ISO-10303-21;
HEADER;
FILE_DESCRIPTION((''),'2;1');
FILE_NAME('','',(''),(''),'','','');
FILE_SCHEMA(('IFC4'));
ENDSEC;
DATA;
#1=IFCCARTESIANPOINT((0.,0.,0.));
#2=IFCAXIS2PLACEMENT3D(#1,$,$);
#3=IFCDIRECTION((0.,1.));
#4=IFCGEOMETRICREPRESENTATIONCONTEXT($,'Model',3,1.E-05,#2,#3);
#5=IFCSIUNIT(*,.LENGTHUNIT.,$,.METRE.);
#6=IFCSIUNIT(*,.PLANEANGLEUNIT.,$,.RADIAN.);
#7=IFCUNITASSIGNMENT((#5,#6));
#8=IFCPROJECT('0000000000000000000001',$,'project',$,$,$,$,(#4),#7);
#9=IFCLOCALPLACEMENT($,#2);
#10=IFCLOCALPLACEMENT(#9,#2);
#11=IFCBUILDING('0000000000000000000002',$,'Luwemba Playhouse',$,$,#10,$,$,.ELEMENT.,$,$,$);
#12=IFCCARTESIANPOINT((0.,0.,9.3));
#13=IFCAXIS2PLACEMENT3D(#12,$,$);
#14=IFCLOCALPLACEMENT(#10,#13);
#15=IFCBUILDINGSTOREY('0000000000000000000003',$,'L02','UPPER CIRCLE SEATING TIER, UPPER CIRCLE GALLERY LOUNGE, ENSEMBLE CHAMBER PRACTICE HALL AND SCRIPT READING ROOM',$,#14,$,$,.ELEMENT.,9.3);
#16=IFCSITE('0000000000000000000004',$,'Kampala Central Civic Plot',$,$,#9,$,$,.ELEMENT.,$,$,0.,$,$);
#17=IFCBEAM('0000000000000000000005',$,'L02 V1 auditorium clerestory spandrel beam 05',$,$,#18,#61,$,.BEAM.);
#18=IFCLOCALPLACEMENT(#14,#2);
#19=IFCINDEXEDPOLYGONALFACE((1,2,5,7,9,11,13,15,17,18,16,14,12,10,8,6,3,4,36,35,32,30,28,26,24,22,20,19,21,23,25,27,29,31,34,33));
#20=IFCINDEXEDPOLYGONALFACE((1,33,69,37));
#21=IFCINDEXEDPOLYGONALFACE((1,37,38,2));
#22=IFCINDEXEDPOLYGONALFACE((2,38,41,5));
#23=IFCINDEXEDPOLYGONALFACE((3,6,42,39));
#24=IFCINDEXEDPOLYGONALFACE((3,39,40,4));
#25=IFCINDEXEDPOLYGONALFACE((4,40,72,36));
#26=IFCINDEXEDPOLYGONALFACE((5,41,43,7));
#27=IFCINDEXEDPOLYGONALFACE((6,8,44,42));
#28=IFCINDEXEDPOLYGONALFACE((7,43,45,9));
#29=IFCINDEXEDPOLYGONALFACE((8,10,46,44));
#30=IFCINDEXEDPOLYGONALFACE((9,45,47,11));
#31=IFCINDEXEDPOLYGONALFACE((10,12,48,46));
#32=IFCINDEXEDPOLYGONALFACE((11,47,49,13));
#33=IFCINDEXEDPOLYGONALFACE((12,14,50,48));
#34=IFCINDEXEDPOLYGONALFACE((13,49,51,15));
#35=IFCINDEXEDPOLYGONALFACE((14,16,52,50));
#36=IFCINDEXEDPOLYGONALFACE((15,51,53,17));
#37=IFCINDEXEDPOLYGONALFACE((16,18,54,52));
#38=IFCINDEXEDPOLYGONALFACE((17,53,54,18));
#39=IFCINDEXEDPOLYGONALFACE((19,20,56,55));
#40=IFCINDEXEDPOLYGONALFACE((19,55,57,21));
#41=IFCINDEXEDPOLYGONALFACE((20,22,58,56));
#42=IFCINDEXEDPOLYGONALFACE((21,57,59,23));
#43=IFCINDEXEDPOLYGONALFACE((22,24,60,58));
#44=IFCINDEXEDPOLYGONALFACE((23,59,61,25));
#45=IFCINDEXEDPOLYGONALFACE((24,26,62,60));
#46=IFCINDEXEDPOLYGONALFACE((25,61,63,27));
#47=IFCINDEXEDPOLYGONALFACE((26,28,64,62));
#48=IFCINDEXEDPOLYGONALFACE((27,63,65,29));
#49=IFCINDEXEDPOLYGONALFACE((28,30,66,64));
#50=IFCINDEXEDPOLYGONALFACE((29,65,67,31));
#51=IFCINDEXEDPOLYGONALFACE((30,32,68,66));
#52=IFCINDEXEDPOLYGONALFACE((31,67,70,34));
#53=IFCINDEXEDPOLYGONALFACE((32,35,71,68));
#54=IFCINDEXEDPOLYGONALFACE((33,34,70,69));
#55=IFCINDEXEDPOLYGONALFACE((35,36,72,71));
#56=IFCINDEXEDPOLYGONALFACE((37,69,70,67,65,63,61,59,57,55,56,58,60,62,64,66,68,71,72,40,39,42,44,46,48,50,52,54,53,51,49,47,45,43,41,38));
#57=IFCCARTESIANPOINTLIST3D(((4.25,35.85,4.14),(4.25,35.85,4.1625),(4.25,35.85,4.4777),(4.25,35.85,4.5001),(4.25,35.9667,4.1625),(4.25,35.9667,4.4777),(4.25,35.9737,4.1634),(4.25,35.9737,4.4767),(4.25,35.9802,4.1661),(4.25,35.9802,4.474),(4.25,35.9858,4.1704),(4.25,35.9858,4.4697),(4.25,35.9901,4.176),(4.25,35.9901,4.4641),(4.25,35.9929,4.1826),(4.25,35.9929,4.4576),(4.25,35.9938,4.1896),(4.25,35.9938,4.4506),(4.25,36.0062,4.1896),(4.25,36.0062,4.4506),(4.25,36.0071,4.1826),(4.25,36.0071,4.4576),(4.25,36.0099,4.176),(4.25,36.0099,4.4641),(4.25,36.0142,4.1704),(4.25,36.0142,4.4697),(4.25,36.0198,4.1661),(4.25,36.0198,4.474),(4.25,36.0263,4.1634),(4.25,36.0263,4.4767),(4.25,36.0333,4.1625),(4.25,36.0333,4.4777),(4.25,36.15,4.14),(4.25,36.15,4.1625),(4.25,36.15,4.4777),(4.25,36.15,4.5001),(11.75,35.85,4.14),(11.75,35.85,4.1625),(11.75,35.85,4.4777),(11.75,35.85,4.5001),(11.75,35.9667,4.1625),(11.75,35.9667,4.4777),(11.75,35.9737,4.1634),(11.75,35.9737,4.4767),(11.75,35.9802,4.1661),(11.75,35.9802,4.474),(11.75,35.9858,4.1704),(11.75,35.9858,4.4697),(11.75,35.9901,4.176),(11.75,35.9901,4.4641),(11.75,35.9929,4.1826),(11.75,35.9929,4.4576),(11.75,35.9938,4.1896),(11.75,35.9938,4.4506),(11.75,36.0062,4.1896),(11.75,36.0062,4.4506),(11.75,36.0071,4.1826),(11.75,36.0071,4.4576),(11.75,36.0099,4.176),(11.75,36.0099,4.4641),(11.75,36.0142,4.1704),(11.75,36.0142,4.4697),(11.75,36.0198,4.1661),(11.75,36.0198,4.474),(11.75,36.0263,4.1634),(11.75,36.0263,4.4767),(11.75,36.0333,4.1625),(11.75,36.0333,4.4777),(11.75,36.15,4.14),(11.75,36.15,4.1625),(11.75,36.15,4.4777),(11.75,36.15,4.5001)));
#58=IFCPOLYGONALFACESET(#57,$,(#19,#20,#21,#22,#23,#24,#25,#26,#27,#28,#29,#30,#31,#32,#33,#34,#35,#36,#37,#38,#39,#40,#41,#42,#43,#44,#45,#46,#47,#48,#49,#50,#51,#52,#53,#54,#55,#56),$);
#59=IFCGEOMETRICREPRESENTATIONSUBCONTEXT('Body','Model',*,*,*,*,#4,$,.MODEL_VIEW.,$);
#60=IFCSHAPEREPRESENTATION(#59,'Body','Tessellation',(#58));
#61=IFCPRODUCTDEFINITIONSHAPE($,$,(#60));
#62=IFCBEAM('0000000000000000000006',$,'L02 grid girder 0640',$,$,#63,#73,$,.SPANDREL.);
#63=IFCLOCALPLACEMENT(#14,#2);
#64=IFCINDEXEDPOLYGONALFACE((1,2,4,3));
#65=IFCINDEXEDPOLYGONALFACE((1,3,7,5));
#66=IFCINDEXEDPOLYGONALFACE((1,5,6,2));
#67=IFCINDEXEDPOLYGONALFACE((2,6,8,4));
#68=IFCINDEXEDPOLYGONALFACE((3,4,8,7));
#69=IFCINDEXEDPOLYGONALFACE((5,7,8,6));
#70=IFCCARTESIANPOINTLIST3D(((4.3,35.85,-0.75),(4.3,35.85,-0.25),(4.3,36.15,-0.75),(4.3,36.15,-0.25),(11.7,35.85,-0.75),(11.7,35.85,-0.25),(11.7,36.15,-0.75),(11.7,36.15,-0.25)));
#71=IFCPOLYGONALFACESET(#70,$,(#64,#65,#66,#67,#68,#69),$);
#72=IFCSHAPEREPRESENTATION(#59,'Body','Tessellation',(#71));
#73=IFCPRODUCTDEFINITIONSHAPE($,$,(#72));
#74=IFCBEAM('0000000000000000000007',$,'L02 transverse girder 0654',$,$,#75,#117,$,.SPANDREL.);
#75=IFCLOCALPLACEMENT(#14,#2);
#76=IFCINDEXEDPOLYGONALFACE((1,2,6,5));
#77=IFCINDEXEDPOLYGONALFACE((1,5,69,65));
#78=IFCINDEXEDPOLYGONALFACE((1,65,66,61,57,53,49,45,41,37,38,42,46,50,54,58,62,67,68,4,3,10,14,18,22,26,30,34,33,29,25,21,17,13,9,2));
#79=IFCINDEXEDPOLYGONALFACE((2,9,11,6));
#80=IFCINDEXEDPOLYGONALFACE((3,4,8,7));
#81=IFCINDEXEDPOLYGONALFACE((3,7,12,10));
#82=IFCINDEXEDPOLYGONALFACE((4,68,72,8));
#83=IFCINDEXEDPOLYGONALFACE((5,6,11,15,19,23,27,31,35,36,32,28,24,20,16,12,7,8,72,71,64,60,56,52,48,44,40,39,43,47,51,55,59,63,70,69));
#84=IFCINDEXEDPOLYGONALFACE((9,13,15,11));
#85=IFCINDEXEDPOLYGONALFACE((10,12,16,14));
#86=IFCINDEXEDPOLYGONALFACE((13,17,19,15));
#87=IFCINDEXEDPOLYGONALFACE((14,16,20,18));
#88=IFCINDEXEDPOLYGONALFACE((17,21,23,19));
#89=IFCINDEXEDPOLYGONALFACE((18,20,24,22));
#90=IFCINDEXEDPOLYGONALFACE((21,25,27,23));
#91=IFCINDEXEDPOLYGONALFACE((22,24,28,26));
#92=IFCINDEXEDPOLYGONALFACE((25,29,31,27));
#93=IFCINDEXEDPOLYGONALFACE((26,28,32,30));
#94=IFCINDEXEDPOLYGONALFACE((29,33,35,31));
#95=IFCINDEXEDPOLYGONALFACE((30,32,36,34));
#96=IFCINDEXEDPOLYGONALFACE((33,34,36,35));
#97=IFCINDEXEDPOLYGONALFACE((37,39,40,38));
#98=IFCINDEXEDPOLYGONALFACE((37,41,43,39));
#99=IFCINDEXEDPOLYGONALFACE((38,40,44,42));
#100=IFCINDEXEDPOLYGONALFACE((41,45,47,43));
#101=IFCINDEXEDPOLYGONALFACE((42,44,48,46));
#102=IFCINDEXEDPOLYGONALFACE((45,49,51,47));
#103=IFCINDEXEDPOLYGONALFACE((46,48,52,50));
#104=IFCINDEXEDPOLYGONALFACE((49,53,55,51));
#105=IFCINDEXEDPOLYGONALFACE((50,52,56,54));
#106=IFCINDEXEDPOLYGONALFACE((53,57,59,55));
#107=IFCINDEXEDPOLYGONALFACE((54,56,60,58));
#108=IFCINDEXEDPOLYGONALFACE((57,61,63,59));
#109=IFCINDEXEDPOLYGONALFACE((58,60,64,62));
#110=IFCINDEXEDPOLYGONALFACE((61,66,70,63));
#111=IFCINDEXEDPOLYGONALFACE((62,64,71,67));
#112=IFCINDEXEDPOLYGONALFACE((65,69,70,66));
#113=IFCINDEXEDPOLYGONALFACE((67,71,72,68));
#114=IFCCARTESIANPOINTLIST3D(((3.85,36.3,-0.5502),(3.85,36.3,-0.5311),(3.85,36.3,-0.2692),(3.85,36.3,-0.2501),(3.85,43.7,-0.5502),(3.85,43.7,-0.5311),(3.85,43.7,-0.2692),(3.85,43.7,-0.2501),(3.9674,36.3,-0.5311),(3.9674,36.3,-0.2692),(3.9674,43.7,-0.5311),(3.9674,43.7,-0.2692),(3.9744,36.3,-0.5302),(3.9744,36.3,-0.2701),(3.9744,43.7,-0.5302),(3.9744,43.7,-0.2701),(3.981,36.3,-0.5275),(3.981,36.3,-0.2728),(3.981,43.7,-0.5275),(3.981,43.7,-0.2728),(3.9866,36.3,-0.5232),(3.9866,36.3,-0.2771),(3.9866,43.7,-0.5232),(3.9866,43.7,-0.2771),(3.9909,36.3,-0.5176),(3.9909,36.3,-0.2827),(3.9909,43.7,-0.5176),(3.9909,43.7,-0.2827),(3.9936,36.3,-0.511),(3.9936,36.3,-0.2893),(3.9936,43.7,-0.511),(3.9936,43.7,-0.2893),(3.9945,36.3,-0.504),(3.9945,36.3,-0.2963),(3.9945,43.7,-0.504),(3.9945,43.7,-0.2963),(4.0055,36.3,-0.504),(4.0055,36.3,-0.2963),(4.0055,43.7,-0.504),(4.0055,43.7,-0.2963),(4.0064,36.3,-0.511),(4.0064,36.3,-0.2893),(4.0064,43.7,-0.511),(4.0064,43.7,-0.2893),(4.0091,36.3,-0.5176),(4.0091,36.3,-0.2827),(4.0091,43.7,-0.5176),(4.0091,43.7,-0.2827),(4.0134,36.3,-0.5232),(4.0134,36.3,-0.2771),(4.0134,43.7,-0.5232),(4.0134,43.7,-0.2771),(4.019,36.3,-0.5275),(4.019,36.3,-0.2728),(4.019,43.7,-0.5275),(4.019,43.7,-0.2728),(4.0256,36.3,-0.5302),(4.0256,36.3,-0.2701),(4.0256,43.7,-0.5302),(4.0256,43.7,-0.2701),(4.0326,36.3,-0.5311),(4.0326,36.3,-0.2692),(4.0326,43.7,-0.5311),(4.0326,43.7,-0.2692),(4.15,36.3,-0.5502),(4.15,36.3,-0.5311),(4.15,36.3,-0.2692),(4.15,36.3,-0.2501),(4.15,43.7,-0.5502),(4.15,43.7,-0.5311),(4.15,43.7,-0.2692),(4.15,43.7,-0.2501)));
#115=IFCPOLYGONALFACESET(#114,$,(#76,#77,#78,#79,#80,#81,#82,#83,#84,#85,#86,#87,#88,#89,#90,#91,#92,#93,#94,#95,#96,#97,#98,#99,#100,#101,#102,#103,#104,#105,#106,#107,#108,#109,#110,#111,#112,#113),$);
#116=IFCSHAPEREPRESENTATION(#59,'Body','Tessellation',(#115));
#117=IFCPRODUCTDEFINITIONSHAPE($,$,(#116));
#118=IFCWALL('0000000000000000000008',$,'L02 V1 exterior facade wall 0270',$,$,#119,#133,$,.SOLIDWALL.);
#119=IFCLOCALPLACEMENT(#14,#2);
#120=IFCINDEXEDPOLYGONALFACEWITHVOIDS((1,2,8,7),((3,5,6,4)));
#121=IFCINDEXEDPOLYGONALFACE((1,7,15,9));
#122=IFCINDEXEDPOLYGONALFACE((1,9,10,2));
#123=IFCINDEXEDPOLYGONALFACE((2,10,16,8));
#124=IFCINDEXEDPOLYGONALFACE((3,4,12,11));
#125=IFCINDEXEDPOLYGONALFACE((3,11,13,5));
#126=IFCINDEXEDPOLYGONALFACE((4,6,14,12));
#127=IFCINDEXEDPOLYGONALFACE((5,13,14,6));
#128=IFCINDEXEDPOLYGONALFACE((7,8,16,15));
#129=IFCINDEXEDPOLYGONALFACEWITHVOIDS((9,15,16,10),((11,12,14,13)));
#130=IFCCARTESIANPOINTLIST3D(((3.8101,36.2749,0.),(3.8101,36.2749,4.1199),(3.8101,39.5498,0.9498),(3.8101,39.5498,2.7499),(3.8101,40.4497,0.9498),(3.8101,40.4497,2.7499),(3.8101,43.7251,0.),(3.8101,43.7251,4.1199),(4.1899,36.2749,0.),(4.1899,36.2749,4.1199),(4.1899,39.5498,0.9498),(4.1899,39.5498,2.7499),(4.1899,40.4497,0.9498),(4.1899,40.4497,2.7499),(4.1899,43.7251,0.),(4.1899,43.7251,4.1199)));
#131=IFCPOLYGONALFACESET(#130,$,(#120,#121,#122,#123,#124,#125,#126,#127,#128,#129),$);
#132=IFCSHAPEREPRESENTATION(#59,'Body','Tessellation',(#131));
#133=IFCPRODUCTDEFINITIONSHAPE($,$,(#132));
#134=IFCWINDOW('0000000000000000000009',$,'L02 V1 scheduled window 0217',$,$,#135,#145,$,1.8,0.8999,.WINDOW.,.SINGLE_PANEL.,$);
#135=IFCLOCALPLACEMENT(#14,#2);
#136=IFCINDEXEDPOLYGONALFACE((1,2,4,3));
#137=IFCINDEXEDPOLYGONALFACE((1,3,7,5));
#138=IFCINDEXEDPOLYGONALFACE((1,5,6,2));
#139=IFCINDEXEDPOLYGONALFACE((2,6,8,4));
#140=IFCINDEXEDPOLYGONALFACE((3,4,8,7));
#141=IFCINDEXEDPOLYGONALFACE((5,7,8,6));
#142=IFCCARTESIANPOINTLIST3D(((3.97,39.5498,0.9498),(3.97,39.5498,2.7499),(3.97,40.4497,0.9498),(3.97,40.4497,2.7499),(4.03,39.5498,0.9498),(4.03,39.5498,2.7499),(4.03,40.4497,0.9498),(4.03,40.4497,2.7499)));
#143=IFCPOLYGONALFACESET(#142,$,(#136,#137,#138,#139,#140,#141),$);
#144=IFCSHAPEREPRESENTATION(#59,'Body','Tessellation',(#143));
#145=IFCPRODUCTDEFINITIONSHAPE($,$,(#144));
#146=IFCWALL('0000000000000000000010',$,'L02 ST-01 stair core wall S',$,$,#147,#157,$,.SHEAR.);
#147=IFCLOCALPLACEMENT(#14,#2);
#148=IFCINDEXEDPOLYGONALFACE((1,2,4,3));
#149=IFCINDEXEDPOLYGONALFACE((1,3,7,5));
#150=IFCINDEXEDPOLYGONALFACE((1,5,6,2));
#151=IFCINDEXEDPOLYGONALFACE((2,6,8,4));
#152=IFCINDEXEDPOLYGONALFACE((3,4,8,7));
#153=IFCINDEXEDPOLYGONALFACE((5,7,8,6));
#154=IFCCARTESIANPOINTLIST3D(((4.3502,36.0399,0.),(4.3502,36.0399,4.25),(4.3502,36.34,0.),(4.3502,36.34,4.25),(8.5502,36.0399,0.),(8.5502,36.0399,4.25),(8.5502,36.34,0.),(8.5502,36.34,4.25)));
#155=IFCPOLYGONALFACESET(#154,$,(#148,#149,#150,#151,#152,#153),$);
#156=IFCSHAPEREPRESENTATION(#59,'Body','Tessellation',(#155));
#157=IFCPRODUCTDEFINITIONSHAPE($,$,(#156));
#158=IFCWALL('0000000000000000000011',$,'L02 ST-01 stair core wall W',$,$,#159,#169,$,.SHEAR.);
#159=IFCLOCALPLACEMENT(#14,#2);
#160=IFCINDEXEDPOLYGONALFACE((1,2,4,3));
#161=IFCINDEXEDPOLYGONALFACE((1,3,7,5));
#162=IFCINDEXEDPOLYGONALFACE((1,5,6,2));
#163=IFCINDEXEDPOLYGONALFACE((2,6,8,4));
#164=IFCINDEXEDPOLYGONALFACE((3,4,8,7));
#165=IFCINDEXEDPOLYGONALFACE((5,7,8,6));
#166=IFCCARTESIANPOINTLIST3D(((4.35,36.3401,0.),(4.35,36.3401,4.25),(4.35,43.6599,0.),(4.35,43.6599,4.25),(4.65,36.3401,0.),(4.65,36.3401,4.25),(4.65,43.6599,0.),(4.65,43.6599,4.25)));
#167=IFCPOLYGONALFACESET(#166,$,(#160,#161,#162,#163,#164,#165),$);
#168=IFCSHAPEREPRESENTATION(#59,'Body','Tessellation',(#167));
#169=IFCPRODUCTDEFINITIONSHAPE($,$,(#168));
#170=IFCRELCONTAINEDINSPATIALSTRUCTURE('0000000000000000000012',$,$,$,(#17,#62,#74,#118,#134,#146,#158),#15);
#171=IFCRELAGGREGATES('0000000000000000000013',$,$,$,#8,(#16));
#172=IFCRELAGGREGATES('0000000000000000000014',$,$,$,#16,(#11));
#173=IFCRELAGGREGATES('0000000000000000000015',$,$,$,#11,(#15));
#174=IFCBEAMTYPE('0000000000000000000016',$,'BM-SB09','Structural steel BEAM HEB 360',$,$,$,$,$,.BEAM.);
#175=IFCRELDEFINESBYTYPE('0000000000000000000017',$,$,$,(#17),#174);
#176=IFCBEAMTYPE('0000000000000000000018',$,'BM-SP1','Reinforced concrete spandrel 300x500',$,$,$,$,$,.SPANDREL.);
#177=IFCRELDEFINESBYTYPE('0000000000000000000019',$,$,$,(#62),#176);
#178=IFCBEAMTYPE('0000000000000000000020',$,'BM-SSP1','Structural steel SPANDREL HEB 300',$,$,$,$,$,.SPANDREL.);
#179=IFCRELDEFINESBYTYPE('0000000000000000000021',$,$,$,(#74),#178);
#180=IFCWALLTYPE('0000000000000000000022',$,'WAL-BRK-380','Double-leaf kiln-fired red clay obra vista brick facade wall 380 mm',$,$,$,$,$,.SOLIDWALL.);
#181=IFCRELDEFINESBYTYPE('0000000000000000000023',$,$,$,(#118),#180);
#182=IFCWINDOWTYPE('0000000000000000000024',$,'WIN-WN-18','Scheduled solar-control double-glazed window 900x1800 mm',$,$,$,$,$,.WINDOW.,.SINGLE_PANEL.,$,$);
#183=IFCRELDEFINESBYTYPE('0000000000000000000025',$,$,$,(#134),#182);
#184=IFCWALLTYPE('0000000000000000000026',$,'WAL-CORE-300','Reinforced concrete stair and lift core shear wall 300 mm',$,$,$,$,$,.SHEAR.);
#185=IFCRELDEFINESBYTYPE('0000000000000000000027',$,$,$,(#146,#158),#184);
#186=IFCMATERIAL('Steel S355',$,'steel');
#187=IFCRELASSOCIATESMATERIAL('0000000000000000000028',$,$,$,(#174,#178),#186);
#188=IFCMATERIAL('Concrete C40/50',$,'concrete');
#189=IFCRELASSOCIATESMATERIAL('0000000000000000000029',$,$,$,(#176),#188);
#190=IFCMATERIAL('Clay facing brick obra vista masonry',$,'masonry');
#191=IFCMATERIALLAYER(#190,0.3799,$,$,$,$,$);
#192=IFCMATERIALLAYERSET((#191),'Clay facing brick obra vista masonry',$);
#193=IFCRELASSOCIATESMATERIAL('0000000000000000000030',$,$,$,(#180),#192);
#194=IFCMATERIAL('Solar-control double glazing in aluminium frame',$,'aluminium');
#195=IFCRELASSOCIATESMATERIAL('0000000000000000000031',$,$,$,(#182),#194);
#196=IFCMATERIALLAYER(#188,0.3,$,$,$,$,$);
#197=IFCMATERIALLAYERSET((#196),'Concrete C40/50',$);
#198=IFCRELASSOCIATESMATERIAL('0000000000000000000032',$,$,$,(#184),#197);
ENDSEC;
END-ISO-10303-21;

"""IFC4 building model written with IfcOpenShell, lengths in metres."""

from ifc_helpers import new_model, si_unit, direction, frame, frame_2d, origin, origin_2d, place, context, subcontext, project, spatial, rectangle, i_section, extrude, material, layer, layer_set, material_profile, profile_set, type_object, element, fill, save


model = new_model("IFC4")

# Units and contexts
model_context = context("Model", 3, precision=1e-05, world=origin(), true_north=direction((0.0, 1.0)))
body_context = subcontext(model_context, "Body", "Model", "MODEL_VIEW")
ifc_project = project(units=[si_unit("LENGTHUNIT", "METRE"), si_unit("PLANEANGLEUNIT", "RADIAN")], contexts=[model_context])

# Site, building, storey
site_placement = place(None, origin())
site = spatial("IfcSite", under=ifc_project, at=site_placement, Name="Kampala Central Civic Plot", CompositionType="ELEMENT", RefElevation=0.0)
building_placement = place(site_placement, origin())
building = spatial("IfcBuilding", under=site, at=building_placement, Name="Luwemba Playhouse", CompositionType="ELEMENT")
storey_placement = place(building_placement, frame((0.0, 0.0, 9.3)))
storey = spatial("IfcBuildingStorey", under=building, at=storey_placement, Name="L02", Description="UPPER CIRCLE SEATING TIER, UPPER CIRCLE GALLERY LOUNGE, ENSEMBLE CHAMBER PRACTICE HALL AND SCRIPT READING ROOM", CompositionType="ELEMENT", Elevation=9.3)

# Shared definitions
ifc_material_1 = material(Name="Concrete C40/50", Category="concrete")
ifc_material_2 = material(Name="Steel S355", Category="steel")

# Beams
ifc_material_profile_1 = material_profile(ifc_material_2, i_section(OverallWidth=0.3, OverallDepth=0.3601, WebThickness=0.0125, FlangeThickness=0.0225, FilletRadius=0.0271, at=origin_2d()))
ifc_profile_set_1 = profile_set([ifc_material_profile_1], Name="Steel S355")
beam_type_1 = type_object("IfcBeamType", Name="BM-SB09", Description="Structural steel BEAM HEB 360", PredefinedType="BEAM", material=ifc_profile_set_1)
for number, where, z_axis, x_axis, name in (
    (1, (4.25, 36.0, 4.3201), (1.0, 0.0, 0.0), (0.0, 1.0, 0.0), "L02 V1 auditorium clerestory spandrel beam 05"),
):
    element("IfcBeam", number, at=place(storey_placement, frame(where, z_axis=z_axis, x_axis=x_axis)), inside=storey, type_object=beam_type_1, Name=name, PredefinedType="BEAM", context=body_context, shape_type="SweptSolid", body=[
        extrude(i_section(OverallWidth=0.3, OverallDepth=0.3601, WebThickness=0.0125, FlangeThickness=0.0225, FilletRadius=0.0271, at=origin_2d()), origin(), (0.0, 0.0, 1.0), 7.5),
    ])
ifc_material_profile_2 = material_profile(ifc_material_1, rectangle(XDim=0.3, YDim=0.5, at=origin_2d()))
ifc_profile_set_2 = profile_set([ifc_material_profile_2], Name="Concrete C40/50")
beam_type_2 = type_object("IfcBeamType", Name="BM-SP1", Description="Reinforced concrete spandrel 300x500", PredefinedType="SPANDREL", material=ifc_profile_set_2)
beam_1_placement = place(storey_placement, frame((4.3, 36.0, -0.5), z_axis=(1.0, 0.0, 0.0), x_axis=(0.0, 1.0, 0.0)))
element("IfcBeam", 2, at=beam_1_placement, inside=storey, type_object=beam_type_2, Name="L02 grid girder 0640", PredefinedType="SPANDREL", context=body_context, shape_type="SweptSolid", body=[
    extrude(rectangle(XDim=0.3, YDim=0.5, at=origin_2d()), origin(), (0.0, 0.0, 1.0), 7.3999),
])
ifc_material_profile_3 = material_profile(ifc_material_2, i_section(OverallWidth=0.3, OverallDepth=0.3, WebThickness=0.011, FlangeThickness=0.019, FilletRadius=0.0271, at=origin_2d()))
ifc_profile_set_3 = profile_set([ifc_material_profile_3], Name="Steel S355")
beam_type_3 = type_object("IfcBeamType", Name="BM-SSP1", Description="Structural steel SPANDREL HEB 300", PredefinedType="SPANDREL", material=ifc_profile_set_3)
beam_2_placement = place(storey_placement, frame((4.0, 36.3, -0.4001), z_axis=(0.0, 1.0, 0.0), x_axis=(-1.0, 0.0, 0.0)))
element("IfcBeam", 3, at=beam_2_placement, inside=storey, type_object=beam_type_3, Name="L02 transverse girder 0654", PredefinedType="SPANDREL", context=body_context, shape_type="SweptSolid", body=[
    extrude(i_section(OverallWidth=0.3, OverallDepth=0.3, WebThickness=0.011, FlangeThickness=0.019, FilletRadius=0.0271, at=origin_2d()), origin(), (0.0, 0.0, 1.0), 7.3999),
])

# Wall, opening, window
ifc_material_3 = material(Name="Clay facing brick obra vista masonry", Category="masonry")
ifc_layer_1 = layer(ifc_material_3, 0.3799)
ifc_layer_set_1 = layer_set([ifc_layer_1], Name="Clay facing brick obra vista masonry")
wall_type_1 = type_object("IfcWallType", Name="WAL-BRK-380", Description="Double-leaf kiln-fired red clay obra vista brick facade wall 380 mm", PredefinedType="SOLIDWALL", material=ifc_layer_set_1)
wall_1_placement = place(storey_placement, frame((4.0, 36.2749, 0.0), z_axis=(0.0, 0.0, 1.0), x_axis=(0.0, 1.0, 0.0)))
wall_1 = element("IfcWall", 4, at=wall_1_placement, inside=storey, type_object=wall_type_1, Name="L02 V1 exterior facade wall 0270", PredefinedType="SOLIDWALL", context=body_context, shape_type="SweptSolid", body=[
    extrude(rectangle(XDim=7.4502, YDim=0.3799, at=frame_2d((3.7251, 0.0))), origin(), (0.0, 0.0, 1.0), 4.1199),
])
opening_1_placement = place(wall_1_placement, frame((3.2749, 0.0, 0.95)))
opening_1 = element("IfcOpeningElement", 5, at=opening_1_placement, cuts=wall_1, PredefinedType="OPENING", context=body_context, shape_type="SweptSolid", body=[
    extrude(rectangle(XDim=0.8999, YDim=1.8, at=frame_2d((0.45, 0.8999))), frame((0.0, 0.2, 0.0), z_axis=(0.0, -1.0, 0.0), x_axis=(1.0, 0.0, 0.0)), (0.0, 0.0, 1.0), 0.3999),
])
ifc_material_4 = material(Name="Solar-control double glazing in aluminium frame", Category="aluminium")
window_type_1 = type_object("IfcWindowType", Name="WIN-WN-18", Description="Scheduled solar-control double-glazed window 900x1800 mm", PartitioningType="SINGLE_PANEL", PredefinedType="WINDOW", material=ifc_material_4)
window_1_placement = place(opening_1_placement, origin())
window_1 = element("IfcWindow", 6, at=window_1_placement, inside=storey, type_object=window_type_1, Name="L02 V1 scheduled window 0217", OverallHeight=1.8, OverallWidth=0.8999, PartitioningType="SINGLE_PANEL", PredefinedType="WINDOW", context=body_context, shape_type="SweptSolid", body=[
    extrude(rectangle(XDim=0.8999, YDim=1.8, at=frame_2d((0.45, 0.8999))), frame((0.0, 0.03, 0.0), z_axis=(0.0, -1.0, 0.0), x_axis=(1.0, 0.0, 0.0)), (0.0, 0.0, 1.0), 0.0601),
])
fill(opening_1, window_1)

# Walls
ifc_layer_2 = layer(ifc_material_1, 0.3)
ifc_layer_set_2 = layer_set([ifc_layer_2], Name="Concrete C40/50")
wall_type_2 = type_object("IfcWallType", Name="WAL-CORE-300", Description="Reinforced concrete stair and lift core shear wall 300 mm", PredefinedType="SHEAR", material=ifc_layer_set_2)
wall_2_placement = place(storey_placement, frame((4.3501, 36.1899, 0.0), z_axis=(0.0, 0.0, 1.0), x_axis=(1.0, 0.0, 0.0)))
element("IfcWall", 7, at=wall_2_placement, inside=storey, type_object=wall_type_2, Name="L02 ST-01 stair core wall S", PredefinedType="SHEAR", context=body_context, shape_type="SweptSolid", body=[
    extrude(rectangle(XDim=4.2, YDim=0.3, at=frame_2d((2.1001, 0.0))), origin(), (0.0, 0.0, 1.0), 4.25),
])
wall_3_placement = place(storey_placement, frame((4.5, 36.3401, 0.0), z_axis=(0.0, 0.0, 1.0), x_axis=(0.0, 1.0, 0.0)))
element("IfcWall", 8, at=wall_3_placement, inside=storey, type_object=wall_type_2, Name="L02 ST-01 stair core wall W", PredefinedType="SHEAR", context=body_context, shape_type="SweptSolid", body=[
    extrude(rectangle(XDim=7.3198, YDim=0.3, at=frame_2d((3.6599, 0.0))), origin(), (0.0, 0.0, 1.0), 4.25),
])

save(model, "model.ifc")
